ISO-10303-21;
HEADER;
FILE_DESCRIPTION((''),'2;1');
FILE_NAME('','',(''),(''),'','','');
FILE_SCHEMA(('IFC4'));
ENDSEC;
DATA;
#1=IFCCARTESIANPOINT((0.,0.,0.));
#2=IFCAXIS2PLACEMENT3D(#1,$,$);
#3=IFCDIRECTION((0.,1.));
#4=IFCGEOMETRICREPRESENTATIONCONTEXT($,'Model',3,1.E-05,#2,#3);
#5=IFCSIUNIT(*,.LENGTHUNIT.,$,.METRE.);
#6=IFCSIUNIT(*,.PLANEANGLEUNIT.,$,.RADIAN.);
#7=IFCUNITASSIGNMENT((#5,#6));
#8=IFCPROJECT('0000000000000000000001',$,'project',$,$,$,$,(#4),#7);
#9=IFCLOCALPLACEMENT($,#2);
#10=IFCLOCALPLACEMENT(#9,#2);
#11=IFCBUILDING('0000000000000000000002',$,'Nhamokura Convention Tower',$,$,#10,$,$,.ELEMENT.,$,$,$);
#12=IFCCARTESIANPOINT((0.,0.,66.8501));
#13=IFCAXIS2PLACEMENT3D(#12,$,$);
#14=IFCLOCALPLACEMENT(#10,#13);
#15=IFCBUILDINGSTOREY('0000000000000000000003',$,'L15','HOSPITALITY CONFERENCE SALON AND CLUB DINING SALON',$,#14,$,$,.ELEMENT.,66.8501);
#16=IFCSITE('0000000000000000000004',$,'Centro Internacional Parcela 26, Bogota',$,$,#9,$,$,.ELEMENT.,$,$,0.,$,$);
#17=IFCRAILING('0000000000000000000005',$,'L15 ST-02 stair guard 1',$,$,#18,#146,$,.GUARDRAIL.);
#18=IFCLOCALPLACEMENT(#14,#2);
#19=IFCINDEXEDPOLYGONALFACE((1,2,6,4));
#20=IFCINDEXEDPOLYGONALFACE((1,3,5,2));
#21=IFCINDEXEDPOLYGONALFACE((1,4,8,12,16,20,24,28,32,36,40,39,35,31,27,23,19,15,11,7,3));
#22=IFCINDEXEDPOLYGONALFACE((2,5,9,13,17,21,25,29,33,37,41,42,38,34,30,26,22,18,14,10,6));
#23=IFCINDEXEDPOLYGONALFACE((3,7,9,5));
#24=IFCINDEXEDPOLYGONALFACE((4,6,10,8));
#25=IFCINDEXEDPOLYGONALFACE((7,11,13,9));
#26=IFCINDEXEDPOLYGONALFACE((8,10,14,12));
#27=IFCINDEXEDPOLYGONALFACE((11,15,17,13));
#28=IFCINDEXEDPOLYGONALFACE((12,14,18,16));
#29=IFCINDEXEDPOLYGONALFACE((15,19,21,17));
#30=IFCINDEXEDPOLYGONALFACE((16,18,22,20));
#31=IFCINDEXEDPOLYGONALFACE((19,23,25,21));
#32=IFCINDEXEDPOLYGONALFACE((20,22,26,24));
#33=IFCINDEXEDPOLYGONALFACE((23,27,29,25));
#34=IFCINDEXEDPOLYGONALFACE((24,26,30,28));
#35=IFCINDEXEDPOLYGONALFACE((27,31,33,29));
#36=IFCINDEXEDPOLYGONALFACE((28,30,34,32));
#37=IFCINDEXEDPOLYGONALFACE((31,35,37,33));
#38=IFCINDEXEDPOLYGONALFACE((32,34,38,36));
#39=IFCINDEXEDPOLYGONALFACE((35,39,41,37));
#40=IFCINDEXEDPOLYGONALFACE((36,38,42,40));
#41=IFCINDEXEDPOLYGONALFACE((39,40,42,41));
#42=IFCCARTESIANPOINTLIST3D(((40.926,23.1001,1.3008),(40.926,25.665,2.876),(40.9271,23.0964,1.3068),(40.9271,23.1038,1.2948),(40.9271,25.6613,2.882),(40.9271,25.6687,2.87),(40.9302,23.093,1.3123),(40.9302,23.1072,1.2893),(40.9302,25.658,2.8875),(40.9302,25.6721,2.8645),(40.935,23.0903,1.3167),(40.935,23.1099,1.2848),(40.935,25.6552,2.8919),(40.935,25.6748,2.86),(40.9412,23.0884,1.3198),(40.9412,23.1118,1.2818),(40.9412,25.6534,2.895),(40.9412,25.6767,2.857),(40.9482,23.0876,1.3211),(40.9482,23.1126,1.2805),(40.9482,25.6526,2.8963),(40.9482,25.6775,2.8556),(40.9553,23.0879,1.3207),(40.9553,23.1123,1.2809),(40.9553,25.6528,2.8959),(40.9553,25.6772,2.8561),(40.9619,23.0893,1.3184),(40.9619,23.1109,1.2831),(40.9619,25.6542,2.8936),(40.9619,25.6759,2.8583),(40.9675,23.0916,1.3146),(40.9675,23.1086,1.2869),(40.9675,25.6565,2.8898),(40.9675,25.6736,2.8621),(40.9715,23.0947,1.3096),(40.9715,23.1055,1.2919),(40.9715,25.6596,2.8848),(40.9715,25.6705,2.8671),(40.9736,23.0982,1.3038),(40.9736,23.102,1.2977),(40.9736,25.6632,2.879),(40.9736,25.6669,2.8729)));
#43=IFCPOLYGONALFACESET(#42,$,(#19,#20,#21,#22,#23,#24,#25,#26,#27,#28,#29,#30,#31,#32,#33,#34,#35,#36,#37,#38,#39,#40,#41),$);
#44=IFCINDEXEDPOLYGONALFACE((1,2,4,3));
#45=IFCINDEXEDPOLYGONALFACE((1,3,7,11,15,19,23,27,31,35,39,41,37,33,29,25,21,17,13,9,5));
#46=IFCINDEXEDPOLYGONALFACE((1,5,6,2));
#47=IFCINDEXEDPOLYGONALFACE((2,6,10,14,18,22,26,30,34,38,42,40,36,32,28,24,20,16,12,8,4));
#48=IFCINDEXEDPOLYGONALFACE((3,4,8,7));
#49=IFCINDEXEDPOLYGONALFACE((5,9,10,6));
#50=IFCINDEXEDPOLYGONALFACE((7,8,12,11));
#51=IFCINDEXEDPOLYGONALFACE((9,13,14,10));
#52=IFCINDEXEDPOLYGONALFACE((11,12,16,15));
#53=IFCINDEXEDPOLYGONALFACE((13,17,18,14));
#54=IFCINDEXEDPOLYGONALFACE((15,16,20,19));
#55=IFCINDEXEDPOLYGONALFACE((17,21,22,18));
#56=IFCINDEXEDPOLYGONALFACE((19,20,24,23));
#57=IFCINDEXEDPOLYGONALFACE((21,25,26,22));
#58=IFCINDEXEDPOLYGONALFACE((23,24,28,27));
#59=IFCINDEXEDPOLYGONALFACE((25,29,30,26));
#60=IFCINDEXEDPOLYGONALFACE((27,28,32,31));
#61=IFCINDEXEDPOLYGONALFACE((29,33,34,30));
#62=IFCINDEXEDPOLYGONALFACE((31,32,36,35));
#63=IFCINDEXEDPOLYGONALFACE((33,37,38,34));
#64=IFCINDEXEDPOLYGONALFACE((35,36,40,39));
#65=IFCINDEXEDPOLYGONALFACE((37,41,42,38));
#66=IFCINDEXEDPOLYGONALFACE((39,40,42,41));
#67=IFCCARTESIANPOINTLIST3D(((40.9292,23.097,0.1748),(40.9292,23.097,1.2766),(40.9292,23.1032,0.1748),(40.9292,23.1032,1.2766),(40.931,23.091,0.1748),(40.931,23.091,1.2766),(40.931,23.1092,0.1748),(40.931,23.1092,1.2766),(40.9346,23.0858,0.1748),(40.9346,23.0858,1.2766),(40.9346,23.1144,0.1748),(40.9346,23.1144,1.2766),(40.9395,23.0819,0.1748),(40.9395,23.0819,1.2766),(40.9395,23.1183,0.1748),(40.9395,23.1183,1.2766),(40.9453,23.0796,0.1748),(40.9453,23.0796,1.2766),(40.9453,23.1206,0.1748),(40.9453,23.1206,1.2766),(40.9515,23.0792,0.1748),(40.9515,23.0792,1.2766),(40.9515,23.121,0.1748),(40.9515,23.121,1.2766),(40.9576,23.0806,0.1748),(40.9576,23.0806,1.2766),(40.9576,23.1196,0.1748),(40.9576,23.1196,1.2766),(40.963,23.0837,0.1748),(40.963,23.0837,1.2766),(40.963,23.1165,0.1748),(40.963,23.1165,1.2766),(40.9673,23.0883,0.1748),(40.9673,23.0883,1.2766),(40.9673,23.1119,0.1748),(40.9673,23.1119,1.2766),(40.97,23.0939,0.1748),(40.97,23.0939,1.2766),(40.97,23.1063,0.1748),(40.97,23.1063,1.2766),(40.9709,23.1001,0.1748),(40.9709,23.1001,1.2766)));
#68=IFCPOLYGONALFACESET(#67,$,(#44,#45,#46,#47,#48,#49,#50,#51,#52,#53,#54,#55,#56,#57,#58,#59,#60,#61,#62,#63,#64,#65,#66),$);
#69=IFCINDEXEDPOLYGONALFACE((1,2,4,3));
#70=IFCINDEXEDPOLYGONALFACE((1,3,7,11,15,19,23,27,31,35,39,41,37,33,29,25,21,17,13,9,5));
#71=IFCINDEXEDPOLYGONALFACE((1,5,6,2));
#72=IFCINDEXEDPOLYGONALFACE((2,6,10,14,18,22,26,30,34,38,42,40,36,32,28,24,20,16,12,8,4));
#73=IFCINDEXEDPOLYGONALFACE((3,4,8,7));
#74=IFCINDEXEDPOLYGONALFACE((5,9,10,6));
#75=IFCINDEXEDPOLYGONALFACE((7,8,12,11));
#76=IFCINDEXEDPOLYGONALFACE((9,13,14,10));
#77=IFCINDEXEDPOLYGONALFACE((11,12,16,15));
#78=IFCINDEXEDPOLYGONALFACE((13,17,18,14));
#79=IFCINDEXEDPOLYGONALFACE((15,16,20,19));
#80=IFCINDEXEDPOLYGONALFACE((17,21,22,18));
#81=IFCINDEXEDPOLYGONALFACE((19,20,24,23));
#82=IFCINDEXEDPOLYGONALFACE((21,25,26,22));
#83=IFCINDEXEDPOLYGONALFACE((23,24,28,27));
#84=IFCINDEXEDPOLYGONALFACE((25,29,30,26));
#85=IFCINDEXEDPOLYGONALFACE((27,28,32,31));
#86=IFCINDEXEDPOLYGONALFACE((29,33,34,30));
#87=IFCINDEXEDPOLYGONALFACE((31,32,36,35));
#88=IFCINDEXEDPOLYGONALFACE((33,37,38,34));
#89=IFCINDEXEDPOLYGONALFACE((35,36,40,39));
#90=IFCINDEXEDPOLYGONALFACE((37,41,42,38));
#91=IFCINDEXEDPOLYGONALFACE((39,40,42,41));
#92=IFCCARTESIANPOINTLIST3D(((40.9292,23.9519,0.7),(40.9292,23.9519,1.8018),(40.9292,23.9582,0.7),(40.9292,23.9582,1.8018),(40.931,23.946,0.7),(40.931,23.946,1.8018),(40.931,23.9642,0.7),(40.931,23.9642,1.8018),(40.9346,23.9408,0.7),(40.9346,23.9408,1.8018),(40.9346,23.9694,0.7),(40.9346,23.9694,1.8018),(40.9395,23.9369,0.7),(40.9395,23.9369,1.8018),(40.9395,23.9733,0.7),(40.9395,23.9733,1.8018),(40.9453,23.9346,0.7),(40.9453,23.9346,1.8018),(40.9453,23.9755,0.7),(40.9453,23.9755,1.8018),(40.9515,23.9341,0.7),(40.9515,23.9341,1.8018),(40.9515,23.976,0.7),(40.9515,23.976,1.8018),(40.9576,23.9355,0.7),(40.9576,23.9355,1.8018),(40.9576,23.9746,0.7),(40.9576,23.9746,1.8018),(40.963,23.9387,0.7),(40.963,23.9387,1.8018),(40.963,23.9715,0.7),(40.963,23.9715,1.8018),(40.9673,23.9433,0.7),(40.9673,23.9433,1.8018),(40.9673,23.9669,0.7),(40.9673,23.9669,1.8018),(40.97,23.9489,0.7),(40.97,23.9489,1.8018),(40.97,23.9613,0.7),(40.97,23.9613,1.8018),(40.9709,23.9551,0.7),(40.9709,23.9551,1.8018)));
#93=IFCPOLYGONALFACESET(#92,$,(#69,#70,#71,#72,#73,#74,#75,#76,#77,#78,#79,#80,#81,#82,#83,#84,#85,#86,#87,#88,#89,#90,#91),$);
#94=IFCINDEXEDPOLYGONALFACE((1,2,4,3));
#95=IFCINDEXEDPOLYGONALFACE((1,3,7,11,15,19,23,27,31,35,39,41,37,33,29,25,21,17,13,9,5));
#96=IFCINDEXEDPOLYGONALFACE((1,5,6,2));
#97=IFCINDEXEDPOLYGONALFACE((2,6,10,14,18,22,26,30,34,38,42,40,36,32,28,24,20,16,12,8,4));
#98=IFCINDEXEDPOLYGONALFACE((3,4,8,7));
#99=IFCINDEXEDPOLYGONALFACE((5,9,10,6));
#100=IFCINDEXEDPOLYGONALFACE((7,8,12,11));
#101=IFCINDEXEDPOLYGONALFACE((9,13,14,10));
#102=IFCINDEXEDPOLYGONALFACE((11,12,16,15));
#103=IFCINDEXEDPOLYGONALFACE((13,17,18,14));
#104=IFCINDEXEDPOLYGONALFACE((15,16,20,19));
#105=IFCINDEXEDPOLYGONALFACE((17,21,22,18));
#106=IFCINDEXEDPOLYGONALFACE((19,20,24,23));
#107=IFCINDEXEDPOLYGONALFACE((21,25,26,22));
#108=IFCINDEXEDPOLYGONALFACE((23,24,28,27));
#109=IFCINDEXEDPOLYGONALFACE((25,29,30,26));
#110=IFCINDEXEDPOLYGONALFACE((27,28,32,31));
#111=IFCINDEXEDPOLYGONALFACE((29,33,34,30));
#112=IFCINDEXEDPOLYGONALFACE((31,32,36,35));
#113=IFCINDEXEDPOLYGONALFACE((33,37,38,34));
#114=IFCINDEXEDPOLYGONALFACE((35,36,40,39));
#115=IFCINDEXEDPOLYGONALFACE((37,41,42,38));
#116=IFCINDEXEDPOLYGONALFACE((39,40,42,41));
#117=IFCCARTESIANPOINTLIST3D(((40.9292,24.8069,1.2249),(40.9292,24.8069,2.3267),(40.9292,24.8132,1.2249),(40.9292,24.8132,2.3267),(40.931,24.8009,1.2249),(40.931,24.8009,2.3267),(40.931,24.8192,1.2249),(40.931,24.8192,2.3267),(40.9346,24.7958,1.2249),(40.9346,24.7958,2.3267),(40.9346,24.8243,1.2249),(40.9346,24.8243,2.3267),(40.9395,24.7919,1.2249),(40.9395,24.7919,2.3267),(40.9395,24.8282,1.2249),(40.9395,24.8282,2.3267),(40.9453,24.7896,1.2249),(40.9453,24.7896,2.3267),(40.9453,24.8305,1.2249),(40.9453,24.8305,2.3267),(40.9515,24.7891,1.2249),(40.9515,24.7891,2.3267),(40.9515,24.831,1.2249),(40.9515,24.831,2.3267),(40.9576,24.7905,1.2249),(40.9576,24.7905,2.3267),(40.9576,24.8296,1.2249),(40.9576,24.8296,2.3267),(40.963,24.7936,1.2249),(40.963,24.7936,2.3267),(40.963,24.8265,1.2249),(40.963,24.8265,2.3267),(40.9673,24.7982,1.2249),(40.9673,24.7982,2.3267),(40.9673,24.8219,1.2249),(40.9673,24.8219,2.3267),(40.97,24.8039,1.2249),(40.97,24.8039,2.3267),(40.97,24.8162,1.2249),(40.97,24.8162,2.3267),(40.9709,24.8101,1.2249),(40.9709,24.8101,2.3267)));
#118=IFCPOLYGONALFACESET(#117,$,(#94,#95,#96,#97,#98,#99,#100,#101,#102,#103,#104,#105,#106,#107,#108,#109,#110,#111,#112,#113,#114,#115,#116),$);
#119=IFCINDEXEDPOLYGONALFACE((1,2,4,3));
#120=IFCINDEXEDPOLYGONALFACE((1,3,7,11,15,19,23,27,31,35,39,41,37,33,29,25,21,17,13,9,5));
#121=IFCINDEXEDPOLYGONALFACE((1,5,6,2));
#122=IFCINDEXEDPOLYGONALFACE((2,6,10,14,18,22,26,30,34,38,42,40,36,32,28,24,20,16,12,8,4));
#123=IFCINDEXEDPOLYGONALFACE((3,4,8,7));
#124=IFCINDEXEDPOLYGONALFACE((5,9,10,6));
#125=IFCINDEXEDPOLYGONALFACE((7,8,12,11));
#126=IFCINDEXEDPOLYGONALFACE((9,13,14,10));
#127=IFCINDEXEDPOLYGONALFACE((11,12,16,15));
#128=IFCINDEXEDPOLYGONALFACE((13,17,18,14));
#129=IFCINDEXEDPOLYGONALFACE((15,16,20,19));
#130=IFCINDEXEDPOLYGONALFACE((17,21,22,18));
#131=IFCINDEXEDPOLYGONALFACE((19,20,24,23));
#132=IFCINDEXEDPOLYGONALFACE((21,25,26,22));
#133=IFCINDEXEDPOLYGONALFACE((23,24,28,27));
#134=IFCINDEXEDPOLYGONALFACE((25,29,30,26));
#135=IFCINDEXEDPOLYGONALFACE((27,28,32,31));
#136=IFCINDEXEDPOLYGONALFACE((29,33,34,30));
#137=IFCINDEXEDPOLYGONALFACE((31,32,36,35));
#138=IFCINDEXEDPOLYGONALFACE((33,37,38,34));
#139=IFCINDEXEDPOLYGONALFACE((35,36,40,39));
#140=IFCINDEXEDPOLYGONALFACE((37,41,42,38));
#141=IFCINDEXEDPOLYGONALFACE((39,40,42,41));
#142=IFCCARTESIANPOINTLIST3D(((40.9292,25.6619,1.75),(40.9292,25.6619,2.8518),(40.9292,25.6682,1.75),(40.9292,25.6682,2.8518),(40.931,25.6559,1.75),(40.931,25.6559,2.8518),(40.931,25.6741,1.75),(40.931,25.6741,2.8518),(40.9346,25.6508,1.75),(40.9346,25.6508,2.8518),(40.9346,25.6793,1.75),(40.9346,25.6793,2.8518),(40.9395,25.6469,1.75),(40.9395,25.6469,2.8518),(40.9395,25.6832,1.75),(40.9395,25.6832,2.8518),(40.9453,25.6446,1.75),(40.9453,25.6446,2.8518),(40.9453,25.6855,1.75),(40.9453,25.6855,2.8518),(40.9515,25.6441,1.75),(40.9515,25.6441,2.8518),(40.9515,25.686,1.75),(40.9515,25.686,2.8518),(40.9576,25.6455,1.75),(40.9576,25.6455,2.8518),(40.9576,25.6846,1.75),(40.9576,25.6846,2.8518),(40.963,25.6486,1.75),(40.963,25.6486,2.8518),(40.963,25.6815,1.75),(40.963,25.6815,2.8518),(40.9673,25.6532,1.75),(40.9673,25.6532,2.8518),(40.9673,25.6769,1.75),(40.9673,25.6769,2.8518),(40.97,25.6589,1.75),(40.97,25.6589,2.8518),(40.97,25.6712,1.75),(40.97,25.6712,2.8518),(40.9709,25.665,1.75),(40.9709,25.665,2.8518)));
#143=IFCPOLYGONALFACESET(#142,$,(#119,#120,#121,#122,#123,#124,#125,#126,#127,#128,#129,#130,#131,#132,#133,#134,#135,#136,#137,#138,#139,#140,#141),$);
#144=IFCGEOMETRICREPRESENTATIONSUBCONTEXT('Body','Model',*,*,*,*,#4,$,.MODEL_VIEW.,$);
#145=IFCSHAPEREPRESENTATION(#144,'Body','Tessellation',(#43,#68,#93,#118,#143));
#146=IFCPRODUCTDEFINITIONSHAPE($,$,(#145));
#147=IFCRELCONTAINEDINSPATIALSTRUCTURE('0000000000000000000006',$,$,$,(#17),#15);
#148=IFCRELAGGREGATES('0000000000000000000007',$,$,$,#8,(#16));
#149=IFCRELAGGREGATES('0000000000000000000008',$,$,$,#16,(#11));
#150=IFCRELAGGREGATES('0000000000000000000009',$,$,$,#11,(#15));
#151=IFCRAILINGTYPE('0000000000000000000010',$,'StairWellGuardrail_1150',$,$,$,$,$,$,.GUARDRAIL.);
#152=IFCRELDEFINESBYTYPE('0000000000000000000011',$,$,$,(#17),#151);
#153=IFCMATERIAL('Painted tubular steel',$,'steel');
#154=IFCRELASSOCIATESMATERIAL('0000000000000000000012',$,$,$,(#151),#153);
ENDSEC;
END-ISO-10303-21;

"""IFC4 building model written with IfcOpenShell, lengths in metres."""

from ifc_helpers import new_model, si_unit, direction, frame, origin, origin_2d, place, context, subcontext, project, spatial, circle, extrude, material, type_object, element, save


model = new_model("IFC4")

# Units and contexts
model_context = context("Model", 3, precision=1e-05, world=origin(), true_north=direction((0.0, 1.0)))
body_context = subcontext(model_context, "Body", "Model", "MODEL_VIEW")
ifc_project = project(units=[si_unit("LENGTHUNIT", "METRE"), si_unit("PLANEANGLEUNIT", "RADIAN")], contexts=[model_context])

# Site, building, storey
site_placement = place(None, origin())
site = spatial("IfcSite", under=ifc_project, at=site_placement, Name="Centro Internacional Parcela 26, Bogota", CompositionType="ELEMENT", RefElevation=0.0)
building_placement = place(site_placement, origin())
building = spatial("IfcBuilding", under=site, at=building_placement, Name="Nhamokura Convention Tower", CompositionType="ELEMENT")
storey_placement = place(building_placement, frame((0.0, 0.0, 66.8501)))
storey = spatial("IfcBuildingStorey", under=building, at=storey_placement, Name="L15", Description="HOSPITALITY CONFERENCE SALON AND CLUB DINING SALON", CompositionType="ELEMENT", Elevation=66.8501)

# Railing
ifc_material_1 = material(Name="Painted tubular steel", Category="steel")
railing_type_1 = type_object("IfcRailingType", Name="StairWellGuardrail_1150", PredefinedType="GUARDRAIL", material=ifc_material_1)
railing_1_placement = place(storey_placement, frame((40.95, 23.1001, 0.1748)))
element("IfcRailing", 1, at=railing_1_placement, inside=storey, type_object=railing_type_1, Name="L15 ST-02 stair guard 1", PredefinedType="GUARDRAIL", context=body_context, shape_type="SweptSolid", body=[
    extrude(circle(Radius=0.0239, at=origin_2d()), frame((0.0, 0.0, 1.126), z_axis=(0.0, 0.852137, 0.523319), x_axis=(-1.0, 0.0, 0.0)), (0.0, 0.0, 1.0), 3.01),
    extrude(circle(Radius=0.021, at=origin_2d()), origin(), (0.0, 0.0, 1.0), 1.1018),
    extrude(circle(Radius=0.021, at=origin_2d()), frame((0.0, 0.855, 0.5251)), (0.0, 0.0, 1.0), 1.1018),
    extrude(circle(Radius=0.021, at=origin_2d()), frame((0.0, 1.71, 1.05)), (0.0, 0.0, 1.0), 1.1018),
    extrude(circle(Radius=0.021, at=origin_2d()), frame((0.0, 2.5649, 1.5752)), (0.0, 0.0, 1.0), 1.1018),
])

save(model, "model.ifc")
